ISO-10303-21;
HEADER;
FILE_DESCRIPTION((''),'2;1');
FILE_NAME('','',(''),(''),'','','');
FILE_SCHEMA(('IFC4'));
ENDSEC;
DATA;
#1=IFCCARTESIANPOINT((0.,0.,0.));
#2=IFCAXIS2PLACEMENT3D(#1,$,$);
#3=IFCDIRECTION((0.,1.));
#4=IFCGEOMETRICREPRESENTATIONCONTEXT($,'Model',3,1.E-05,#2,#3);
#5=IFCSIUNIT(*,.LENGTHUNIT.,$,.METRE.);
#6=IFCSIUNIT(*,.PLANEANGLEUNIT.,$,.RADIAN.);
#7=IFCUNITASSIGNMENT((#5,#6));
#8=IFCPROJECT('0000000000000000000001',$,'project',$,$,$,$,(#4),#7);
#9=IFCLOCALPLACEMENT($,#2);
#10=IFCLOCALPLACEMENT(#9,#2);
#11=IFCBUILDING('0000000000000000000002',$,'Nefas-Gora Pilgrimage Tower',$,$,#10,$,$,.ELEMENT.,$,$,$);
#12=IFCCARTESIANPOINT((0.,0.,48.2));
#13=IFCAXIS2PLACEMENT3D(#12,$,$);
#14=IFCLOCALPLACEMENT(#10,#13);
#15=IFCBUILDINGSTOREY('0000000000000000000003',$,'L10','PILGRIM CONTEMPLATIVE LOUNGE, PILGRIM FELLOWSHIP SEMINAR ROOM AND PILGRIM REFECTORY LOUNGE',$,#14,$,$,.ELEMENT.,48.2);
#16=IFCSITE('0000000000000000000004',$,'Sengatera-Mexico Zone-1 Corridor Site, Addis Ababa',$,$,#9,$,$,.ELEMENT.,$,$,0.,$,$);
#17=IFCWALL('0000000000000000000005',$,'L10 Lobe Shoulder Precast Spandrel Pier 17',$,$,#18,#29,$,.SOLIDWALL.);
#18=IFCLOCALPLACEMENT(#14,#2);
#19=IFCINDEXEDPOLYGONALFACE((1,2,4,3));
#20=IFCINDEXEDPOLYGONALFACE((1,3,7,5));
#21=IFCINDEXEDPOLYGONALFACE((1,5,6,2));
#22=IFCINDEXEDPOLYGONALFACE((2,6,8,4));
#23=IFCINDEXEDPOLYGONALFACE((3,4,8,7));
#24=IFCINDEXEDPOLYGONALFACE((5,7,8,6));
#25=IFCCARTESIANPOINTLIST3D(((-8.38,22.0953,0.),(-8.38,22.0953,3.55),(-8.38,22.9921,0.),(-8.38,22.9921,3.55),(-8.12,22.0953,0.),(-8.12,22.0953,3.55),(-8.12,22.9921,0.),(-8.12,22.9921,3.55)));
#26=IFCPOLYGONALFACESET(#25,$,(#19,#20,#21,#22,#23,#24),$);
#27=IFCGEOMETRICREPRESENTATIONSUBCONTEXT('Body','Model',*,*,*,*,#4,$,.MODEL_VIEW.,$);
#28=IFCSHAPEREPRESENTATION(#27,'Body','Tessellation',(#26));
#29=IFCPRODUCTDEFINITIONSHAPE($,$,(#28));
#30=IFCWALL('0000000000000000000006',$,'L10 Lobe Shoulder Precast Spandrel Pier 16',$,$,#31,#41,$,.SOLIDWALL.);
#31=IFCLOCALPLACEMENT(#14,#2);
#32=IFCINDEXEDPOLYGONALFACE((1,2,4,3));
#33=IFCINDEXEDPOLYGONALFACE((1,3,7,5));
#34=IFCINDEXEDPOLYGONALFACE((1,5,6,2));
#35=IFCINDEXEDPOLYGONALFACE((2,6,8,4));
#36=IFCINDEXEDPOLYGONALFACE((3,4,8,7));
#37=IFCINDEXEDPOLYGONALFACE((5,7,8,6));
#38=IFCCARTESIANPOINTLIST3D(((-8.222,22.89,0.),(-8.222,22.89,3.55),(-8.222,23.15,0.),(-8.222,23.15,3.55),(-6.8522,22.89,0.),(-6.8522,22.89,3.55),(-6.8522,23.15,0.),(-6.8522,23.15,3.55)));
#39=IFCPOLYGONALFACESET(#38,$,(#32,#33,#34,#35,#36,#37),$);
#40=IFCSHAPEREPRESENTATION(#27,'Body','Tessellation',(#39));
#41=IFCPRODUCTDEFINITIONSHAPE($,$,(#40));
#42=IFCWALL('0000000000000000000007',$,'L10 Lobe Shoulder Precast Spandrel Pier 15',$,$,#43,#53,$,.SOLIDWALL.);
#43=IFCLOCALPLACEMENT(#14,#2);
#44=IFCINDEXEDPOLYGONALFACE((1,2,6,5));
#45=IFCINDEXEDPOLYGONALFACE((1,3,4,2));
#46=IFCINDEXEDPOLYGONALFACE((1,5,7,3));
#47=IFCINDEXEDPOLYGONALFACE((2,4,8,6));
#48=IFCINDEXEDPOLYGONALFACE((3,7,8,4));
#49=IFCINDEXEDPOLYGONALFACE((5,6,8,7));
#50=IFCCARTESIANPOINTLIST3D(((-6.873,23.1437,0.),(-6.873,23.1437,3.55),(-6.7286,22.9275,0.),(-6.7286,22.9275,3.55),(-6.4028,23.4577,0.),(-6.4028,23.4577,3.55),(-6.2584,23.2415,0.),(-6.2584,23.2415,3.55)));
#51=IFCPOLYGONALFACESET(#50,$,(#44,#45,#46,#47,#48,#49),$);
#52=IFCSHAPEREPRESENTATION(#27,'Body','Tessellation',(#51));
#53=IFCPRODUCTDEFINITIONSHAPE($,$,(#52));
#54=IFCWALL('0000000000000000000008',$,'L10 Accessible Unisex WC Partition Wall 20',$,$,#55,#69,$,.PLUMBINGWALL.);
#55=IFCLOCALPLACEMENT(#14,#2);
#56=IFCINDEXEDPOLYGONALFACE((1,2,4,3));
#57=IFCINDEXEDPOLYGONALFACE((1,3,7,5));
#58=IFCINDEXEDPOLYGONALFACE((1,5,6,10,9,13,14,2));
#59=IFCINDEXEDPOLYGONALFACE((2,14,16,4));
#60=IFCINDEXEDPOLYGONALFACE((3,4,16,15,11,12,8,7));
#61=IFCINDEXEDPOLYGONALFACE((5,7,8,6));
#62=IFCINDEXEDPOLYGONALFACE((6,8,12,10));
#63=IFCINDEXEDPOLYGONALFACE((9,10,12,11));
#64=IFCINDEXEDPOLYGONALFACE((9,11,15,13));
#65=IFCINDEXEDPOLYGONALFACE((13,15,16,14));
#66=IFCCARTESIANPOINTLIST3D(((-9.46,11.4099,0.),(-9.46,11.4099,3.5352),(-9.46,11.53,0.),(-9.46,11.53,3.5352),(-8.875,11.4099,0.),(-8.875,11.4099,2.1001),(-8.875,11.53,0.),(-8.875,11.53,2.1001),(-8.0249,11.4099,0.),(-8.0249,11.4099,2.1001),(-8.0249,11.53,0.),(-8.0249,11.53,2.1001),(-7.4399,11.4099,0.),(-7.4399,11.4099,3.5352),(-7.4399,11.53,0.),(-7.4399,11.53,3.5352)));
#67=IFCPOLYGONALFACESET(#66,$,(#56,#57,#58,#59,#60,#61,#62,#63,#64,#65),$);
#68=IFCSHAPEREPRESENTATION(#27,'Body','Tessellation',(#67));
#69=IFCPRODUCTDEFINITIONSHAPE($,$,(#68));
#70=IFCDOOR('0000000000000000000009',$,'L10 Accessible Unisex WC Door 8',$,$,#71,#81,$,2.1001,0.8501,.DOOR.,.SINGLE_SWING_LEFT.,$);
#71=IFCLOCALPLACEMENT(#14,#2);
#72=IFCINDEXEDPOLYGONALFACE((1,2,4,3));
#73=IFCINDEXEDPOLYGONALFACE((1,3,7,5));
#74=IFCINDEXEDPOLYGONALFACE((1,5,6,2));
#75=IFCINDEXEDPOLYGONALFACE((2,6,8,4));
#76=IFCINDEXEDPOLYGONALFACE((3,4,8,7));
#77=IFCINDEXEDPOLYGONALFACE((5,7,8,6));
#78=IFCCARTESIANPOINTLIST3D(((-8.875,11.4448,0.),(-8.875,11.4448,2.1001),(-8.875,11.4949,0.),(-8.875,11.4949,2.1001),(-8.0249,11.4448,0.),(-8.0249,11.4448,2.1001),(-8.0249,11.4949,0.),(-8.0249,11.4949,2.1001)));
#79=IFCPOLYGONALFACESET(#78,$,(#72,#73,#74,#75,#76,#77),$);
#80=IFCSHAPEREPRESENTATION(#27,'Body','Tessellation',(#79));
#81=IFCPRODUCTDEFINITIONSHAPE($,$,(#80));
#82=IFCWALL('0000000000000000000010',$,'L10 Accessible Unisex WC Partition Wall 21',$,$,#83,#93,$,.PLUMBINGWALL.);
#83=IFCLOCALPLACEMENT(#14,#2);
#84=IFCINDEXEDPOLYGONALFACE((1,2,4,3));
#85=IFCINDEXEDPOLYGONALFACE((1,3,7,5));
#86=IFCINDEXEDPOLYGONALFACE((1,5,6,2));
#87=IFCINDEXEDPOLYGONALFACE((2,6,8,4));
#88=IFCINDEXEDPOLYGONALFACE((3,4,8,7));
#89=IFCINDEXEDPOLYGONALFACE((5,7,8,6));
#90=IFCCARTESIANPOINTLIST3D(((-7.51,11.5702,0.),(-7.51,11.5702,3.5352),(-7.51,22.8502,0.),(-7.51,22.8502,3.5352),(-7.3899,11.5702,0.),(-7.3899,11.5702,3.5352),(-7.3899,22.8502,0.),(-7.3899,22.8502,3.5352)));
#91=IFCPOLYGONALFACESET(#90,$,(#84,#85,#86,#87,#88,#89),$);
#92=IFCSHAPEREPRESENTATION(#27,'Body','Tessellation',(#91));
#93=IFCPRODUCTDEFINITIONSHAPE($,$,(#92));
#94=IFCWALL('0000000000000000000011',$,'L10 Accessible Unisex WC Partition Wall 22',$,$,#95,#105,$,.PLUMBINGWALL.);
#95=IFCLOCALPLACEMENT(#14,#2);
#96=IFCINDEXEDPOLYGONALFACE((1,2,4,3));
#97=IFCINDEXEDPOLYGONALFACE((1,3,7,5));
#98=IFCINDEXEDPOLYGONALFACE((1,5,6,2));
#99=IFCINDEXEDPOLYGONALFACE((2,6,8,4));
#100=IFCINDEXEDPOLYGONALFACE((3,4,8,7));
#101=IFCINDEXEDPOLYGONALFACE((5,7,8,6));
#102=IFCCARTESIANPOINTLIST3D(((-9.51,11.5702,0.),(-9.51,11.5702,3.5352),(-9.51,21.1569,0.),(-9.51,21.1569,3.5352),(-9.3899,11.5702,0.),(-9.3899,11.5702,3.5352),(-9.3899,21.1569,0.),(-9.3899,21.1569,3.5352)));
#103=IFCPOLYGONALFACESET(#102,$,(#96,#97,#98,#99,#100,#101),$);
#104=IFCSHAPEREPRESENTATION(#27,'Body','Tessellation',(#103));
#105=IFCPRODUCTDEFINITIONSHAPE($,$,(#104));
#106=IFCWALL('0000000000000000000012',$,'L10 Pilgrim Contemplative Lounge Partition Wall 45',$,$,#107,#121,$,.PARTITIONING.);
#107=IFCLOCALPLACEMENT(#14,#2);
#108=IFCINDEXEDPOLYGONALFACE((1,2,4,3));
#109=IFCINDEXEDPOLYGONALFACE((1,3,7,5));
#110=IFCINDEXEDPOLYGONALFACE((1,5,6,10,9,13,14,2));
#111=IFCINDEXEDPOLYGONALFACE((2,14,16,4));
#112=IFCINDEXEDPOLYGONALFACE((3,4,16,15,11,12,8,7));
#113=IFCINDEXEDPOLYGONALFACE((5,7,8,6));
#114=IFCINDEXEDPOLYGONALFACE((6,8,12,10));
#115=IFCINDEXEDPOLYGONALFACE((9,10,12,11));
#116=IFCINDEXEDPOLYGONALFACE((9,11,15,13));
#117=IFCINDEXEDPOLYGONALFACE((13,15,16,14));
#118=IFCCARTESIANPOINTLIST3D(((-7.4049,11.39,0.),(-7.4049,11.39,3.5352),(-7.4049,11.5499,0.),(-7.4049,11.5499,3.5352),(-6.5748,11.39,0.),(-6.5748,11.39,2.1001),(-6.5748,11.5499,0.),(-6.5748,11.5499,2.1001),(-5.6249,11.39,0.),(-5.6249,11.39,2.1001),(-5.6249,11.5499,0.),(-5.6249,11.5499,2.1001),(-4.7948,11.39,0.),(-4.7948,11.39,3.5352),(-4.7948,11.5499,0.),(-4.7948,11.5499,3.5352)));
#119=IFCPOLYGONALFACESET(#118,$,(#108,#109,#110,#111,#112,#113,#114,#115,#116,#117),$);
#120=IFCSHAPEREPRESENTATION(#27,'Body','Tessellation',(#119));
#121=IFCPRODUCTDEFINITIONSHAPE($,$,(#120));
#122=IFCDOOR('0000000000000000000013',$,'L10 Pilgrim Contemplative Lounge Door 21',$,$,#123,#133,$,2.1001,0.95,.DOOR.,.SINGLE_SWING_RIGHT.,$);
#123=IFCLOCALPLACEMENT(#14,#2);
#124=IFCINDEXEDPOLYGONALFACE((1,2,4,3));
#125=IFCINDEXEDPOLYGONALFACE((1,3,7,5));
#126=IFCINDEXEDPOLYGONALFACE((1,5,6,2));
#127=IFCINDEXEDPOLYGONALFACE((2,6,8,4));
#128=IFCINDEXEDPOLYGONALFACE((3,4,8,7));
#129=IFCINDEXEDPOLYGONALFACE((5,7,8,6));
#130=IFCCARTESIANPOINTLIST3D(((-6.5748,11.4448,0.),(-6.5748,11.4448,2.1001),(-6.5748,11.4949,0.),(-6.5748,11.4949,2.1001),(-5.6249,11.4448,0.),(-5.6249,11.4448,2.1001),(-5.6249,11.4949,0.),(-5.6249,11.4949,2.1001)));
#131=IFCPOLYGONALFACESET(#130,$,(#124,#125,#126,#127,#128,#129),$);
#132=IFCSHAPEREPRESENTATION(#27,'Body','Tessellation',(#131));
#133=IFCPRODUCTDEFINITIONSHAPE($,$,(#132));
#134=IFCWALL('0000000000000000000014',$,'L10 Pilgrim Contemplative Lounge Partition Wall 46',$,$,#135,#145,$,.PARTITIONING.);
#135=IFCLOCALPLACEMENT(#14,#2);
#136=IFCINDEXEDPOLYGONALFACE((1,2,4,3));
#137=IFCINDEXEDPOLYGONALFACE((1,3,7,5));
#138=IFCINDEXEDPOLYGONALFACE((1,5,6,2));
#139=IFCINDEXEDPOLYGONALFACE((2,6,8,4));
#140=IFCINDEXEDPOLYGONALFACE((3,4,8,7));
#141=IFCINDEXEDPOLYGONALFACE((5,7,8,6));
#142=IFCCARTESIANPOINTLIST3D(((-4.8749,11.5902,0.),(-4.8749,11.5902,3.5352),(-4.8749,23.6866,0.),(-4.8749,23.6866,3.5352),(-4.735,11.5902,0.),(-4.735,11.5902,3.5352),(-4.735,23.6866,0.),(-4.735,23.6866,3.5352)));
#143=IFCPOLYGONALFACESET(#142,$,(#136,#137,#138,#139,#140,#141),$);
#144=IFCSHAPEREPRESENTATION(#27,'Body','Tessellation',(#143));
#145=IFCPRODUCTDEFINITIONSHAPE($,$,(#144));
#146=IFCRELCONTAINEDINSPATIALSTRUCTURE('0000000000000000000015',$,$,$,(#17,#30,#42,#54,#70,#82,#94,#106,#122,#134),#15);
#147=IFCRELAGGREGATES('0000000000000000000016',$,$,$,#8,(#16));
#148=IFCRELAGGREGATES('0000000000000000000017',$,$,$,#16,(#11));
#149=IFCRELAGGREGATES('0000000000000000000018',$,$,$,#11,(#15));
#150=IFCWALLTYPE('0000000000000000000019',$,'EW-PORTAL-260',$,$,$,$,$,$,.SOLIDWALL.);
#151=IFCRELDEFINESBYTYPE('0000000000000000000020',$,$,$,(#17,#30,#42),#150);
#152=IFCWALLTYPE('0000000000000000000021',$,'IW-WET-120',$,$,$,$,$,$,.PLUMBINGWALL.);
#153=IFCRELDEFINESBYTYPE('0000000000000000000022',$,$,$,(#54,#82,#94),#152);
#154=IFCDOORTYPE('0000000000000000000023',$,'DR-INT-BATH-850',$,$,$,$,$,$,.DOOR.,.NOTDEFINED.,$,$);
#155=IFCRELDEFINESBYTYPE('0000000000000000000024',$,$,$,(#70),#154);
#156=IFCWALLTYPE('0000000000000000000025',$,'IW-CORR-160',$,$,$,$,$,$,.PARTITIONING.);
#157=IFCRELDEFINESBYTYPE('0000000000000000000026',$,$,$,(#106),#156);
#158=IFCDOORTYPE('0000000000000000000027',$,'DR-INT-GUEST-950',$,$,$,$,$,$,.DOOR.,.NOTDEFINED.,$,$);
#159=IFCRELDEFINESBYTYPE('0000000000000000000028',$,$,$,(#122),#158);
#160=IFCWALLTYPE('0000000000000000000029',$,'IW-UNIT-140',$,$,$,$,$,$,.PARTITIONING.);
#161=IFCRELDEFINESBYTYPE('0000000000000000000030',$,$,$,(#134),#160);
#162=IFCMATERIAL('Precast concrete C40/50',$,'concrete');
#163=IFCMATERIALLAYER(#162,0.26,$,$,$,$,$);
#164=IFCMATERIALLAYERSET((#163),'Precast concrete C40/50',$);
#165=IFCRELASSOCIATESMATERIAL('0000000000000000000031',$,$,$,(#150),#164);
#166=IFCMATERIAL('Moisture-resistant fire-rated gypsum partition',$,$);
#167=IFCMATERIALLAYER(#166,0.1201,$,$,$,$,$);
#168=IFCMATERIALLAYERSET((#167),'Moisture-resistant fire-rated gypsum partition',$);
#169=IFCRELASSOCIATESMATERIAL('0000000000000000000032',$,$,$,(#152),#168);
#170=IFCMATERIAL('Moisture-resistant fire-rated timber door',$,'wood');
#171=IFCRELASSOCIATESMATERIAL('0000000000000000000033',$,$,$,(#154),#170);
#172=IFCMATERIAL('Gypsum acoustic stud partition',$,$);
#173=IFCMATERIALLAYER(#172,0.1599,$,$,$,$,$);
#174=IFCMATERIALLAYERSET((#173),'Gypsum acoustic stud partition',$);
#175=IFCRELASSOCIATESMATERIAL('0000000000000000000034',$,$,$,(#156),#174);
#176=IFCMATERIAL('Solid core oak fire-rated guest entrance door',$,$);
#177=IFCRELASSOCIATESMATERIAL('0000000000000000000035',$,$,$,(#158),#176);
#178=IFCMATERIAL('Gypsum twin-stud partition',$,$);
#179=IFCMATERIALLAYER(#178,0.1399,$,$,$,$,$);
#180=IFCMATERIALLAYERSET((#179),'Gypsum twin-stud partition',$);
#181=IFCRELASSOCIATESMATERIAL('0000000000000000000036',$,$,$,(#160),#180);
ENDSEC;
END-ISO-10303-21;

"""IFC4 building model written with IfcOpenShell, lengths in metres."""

from ifc_helpers import new_model, si_unit, direction, frame, frame_2d, origin, place, context, subcontext, project, spatial, rectangle, extrude, source, transform, mapped, material, layer, layer_set, type_object, element, fill, save


model = new_model("IFC4")

# Units and contexts
model_context = context("Model", 3, precision=1e-05, world=origin(), true_north=direction((0.0, 1.0)))
body_context = subcontext(model_context, "Body", "Model", "MODEL_VIEW")
ifc_project = project(units=[si_unit("LENGTHUNIT", "METRE"), si_unit("PLANEANGLEUNIT", "RADIAN")], contexts=[model_context])

# Site, building, storey
site_placement = place(None, origin())
site = spatial("IfcSite", under=ifc_project, at=site_placement, Name="Sengatera-Mexico Zone-1 Corridor Site, Addis Ababa", CompositionType="ELEMENT", RefElevation=0.0)
building_placement = place(site_placement, origin())
building = spatial("IfcBuilding", under=site, at=building_placement, Name="Nefas-Gora Pilgrimage Tower", CompositionType="ELEMENT")
storey_placement = place(building_placement, frame((0.0, 0.0, 48.2)))
storey = spatial("IfcBuildingStorey", under=building, at=storey_placement, Name="L10", Description="PILGRIM CONTEMPLATIVE LOUNGE, PILGRIM FELLOWSHIP SEMINAR ROOM AND PILGRIM REFECTORY LOUNGE", CompositionType="ELEMENT", Elevation=48.2)

# Walls
ifc_material_1 = material(Name="Precast concrete C40/50", Category="concrete")
ifc_layer_1 = layer(ifc_material_1, 0.26)
ifc_layer_set_1 = layer_set([ifc_layer_1], Name="Precast concrete C40/50")
wall_type_1 = type_object("IfcWallType", Name="EW-PORTAL-260", PredefinedType="SOLIDWALL", material=ifc_layer_set_1)
shared_shape_1 = source(origin(), body_context, "Body", "SweptSolid", [
    extrude(rectangle(XDim=0.8967, YDim=0.26, at=frame_2d((0.4482, 0.0))), origin(), (0.0, 0.0, 1.0), 3.55),
])
wall_1_placement = place(storey_placement, frame((-8.25, 22.9919, 0.0), z_axis=(0.0, 0.0, 1.0), x_axis=(0.0, -1.0, 0.0)))
element("IfcWall", 1, at=wall_1_placement, inside=storey, type_object=wall_type_1, Name="L10 Lobe Shoulder Precast Spandrel Pier 17", PredefinedType="SOLIDWALL", context=body_context, shape_type="MappedRepresentation", body=[
    mapped(shared_shape_1, transform((0.0, 0.0, 0.0), x_axis=(1.0, 0.0, 0.0), y_axis=(0.0, 1.0, 0.0), z_axis=(0.0, 0.0, 1.0), scale=1.0)),
])
shared_shape_2 = source(origin(), body_context, "Body", "SweptSolid", [
    extrude(rectangle(XDim=1.3699, YDim=0.26, at=frame_2d((0.6851, 0.0))), origin(), (0.0, 0.0, 1.0), 3.55),
])
wall_2_placement = place(storey_placement, frame((-6.8521, 23.02, 0.0), z_axis=(0.0, 0.0, 1.0), x_axis=(-1.0, 0.0, 0.0)))
element("IfcWall", 2, at=wall_2_placement, inside=storey, type_object=wall_type_1, Name="L10 Lobe Shoulder Precast Spandrel Pier 16", PredefinedType="SOLIDWALL", context=body_context, shape_type="MappedRepresentation", body=[
    mapped(shared_shape_2, transform((0.0, 0.0, 0.0), x_axis=(1.0, 0.0, 0.0), y_axis=(0.0, 1.0, 0.0), z_axis=(0.0, 0.0, 1.0), scale=1.0)),
])
shared_shape_3 = source(origin(), body_context, "Body", "SweptSolid", [
    extrude(rectangle(XDim=0.5654, YDim=0.26, at=frame_2d((0.2827, 0.0))), origin(), (0.0, 0.0, 1.0), 3.55),
])
wall_3_placement = place(storey_placement, frame((-6.3306, 23.3496, 0.0), z_axis=(0.0, 0.0, 1.0), x_axis=(-0.831651, -0.555298, 0.0)))
element("IfcWall", 3, at=wall_3_placement, inside=storey, type_object=wall_type_1, Name="L10 Lobe Shoulder Precast Spandrel Pier 15", PredefinedType="SOLIDWALL", context=body_context, shape_type="MappedRepresentation", body=[
    mapped(shared_shape_3, transform((0.0, 0.0, 0.0), x_axis=(1.0, 0.0, 0.0), y_axis=(0.0, 1.0, 0.0), z_axis=(0.0, 0.0, 1.0), scale=1.0)),
])

# Wall, opening, door
ifc_material_2 = material(Name="Moisture-resistant fire-rated gypsum partition")
ifc_layer_2 = layer(ifc_material_2, 0.1201)
ifc_layer_set_2 = layer_set([ifc_layer_2], Name="Moisture-resistant fire-rated gypsum partition")
wall_type_2 = type_object("IfcWallType", Name="IW-WET-120", PredefinedType="PLUMBINGWALL", material=ifc_layer_set_2)
shared_shape_4 = source(origin(), body_context, "Body", "SweptSolid", [
    extrude(rectangle(XDim=2.02, YDim=0.1201, at=frame_2d((1.01, 0.0))), origin(), (0.0, 0.0, 1.0), 3.5352),
])
wall_4_placement = place(storey_placement, frame((-9.46, 11.47, 0.0), z_axis=(0.0, 0.0, 1.0), x_axis=(1.0, 0.0, 0.0)))
wall_4 = element("IfcWall", 4, at=wall_4_placement, inside=storey, type_object=wall_type_2, Name="L10 Accessible Unisex WC Partition Wall 20", PredefinedType="PLUMBINGWALL", context=body_context, shape_type="MappedRepresentation", body=[
    mapped(shared_shape_4, transform((0.0, 0.0, 0.0), x_axis=(1.0, 0.0, 0.0), y_axis=(0.0, 1.0, 0.0), z_axis=(0.0, 0.0, 1.0), scale=1.0)),
])
opening_1_placement = place(wall_4_placement, frame((0.585, 0.0, 0.0)))
opening_1 = element("IfcOpeningElement", 5, at=opening_1_placement, cuts=wall_4, PredefinedType="OPENING", context=body_context, shape_type="SweptSolid", body=[
    extrude(rectangle(XDim=0.8501, YDim=2.1001, at=frame_2d((0.425, 1.05))), frame((0.0, 0.0701, 0.0), z_axis=(0.0, -1.0, 0.0), x_axis=(1.0, 0.0, 0.0)), (0.0, 0.0, 1.0), 0.1401),
])
ifc_material_3 = material(Name="Moisture-resistant fire-rated timber door", Category="wood")
door_type_1 = type_object("IfcDoorType", Name="DR-INT-BATH-850", OperationType="NOTDEFINED", PredefinedType="DOOR", material=ifc_material_3)
shared_shape_5 = source(origin(), body_context, "Body", "SweptSolid", [
    extrude(rectangle(XDim=0.8501, YDim=2.1001, at=frame_2d((0.425, 1.05))), frame((0.0, 0.0249, 0.0), z_axis=(0.0, -1.0, 0.0), x_axis=(1.0, 0.0, 0.0)), (0.0, 0.0, 1.0), 0.05),
])
door_1_placement = place(opening_1_placement, origin())
door_1 = element("IfcDoor", 6, at=door_1_placement, inside=storey, type_object=door_type_1, Name="L10 Accessible Unisex WC Door 8", OperationType="SINGLE_SWING_LEFT", OverallHeight=2.1001, OverallWidth=0.8501, PredefinedType="DOOR", context=body_context, shape_type="MappedRepresentation", body=[
    mapped(shared_shape_5, transform((0.0, 0.0, 0.0), x_axis=(1.0, 0.0, 0.0), y_axis=(0.0, 1.0, 0.0), z_axis=(0.0, 0.0, 1.0), scale=1.0)),
])
fill(opening_1, door_1)

# Walls
shared_shape_6 = source(origin(), body_context, "Body", "SweptSolid", [
    extrude(rectangle(XDim=11.28, YDim=0.1201, at=frame_2d((5.6401, 0.0))), origin(), (0.0, 0.0, 1.0), 3.5352),
])
wall_5_placement = place(storey_placement, frame((-7.45, 11.5701, 0.0), z_axis=(0.0, 0.0, 1.0), x_axis=(0.0, 1.0, 0.0)))
element("IfcWall", 7, at=wall_5_placement, inside=storey, type_object=wall_type_2, Name="L10 Accessible Unisex WC Partition Wall 21", PredefinedType="PLUMBINGWALL", context=body_context, shape_type="MappedRepresentation", body=[
    mapped(shared_shape_6, transform((0.0, 0.0, 0.0), x_axis=(1.0, 0.0, 0.0), y_axis=(0.0, 1.0, 0.0), z_axis=(0.0, 0.0, 1.0), scale=1.0)),
])
shared_shape_7 = source(origin(), body_context, "Body", "SweptSolid", [
    extrude(rectangle(XDim=9.5867, YDim=0.1201, at=frame_2d((4.7935, 0.0))), origin(), (0.0, 0.0, 1.0), 3.5352),
])
wall_6_placement = place(storey_placement, frame((-9.45, 11.5701, 0.0), z_axis=(0.0, 0.0, 1.0), x_axis=(0.0, 1.0, 0.0)))
element("IfcWall", 8, at=wall_6_placement, inside=storey, type_object=wall_type_2, Name="L10 Accessible Unisex WC Partition Wall 22", PredefinedType="PLUMBINGWALL", context=body_context, shape_type="MappedRepresentation", body=[
    mapped(shared_shape_7, transform((0.0, 0.0, 0.0), x_axis=(1.0, 0.0, 0.0), y_axis=(0.0, 1.0, 0.0), z_axis=(0.0, 0.0, 1.0), scale=1.0)),
])

# Wall, opening, door
ifc_material_4 = material(Name="Gypsum acoustic stud partition")
ifc_layer_3 = layer(ifc_material_4, 0.1599)
ifc_layer_set_3 = layer_set([ifc_layer_3], Name="Gypsum acoustic stud partition")
wall_type_3 = type_object("IfcWallType", Name="IW-CORR-160", PredefinedType="PARTITIONING", material=ifc_layer_set_3)
shared_shape_8 = source(origin(), body_context, "Body", "SweptSolid", [
    extrude(rectangle(XDim=2.6101, YDim=0.1599, at=frame_2d((1.3052, 0.0))), origin(), (0.0, 0.0, 1.0), 3.5352),
])
wall_7_placement = place(storey_placement, frame((-7.405, 11.47, 0.0), z_axis=(0.0, 0.0, 1.0), x_axis=(1.0, 0.0, 0.0)))
wall_7 = element("IfcWall", 9, at=wall_7_placement, inside=storey, type_object=wall_type_3, Name="L10 Pilgrim Contemplative Lounge Partition Wall 45", PredefinedType="PARTITIONING", context=body_context, shape_type="MappedRepresentation", body=[
    mapped(shared_shape_8, transform((0.0, 0.0, 0.0), x_axis=(1.0, 0.0, 0.0), y_axis=(0.0, 1.0, 0.0), z_axis=(0.0, 0.0, 1.0), scale=1.0)),
])
opening_2_placement = place(wall_7_placement, frame((0.8301, 0.0, 0.0)))
opening_2 = element("IfcOpeningElement", 10, at=opening_2_placement, cuts=wall_7, PredefinedType="OPENING", context=body_context, shape_type="SweptSolid", body=[
    extrude(rectangle(XDim=0.95, YDim=2.1001, at=frame_2d((0.4751, 1.05))), frame((0.0, 0.0898, 0.0), z_axis=(0.0, -1.0, 0.0), x_axis=(1.0, 0.0, 0.0)), (0.0, 0.0, 1.0), 0.1799),
])
ifc_material_5 = material(Name="Solid core oak fire-rated guest entrance door")
door_type_2 = type_object("IfcDoorType", Name="DR-INT-GUEST-950", OperationType="NOTDEFINED", PredefinedType="DOOR", material=ifc_material_5)
shared_shape_9 = source(origin(), body_context, "Body", "SweptSolid", [
    extrude(rectangle(XDim=0.95, YDim=2.1001, at=frame_2d((0.4751, 1.05))), frame((0.0, 0.0249, 0.0), z_axis=(0.0, -1.0, 0.0), x_axis=(1.0, 0.0, 0.0)), (0.0, 0.0, 1.0), 0.05),
])
door_2_placement = place(opening_2_placement, origin())
door_2 = element("IfcDoor", 11, at=door_2_placement, inside=storey, type_object=door_type_2, Name="L10 Pilgrim Contemplative Lounge Door 21", OperationType="SINGLE_SWING_RIGHT", OverallHeight=2.1001, OverallWidth=0.95, PredefinedType="DOOR", context=body_context, shape_type="MappedRepresentation", body=[
    mapped(shared_shape_9, transform((0.0, 0.0, 0.0), x_axis=(1.0, 0.0, 0.0), y_axis=(0.0, 1.0, 0.0), z_axis=(0.0, 0.0, 1.0), scale=1.0)),
])
fill(opening_2, door_2)

# Wall
ifc_material_6 = material(Name="Gypsum twin-stud partition")
ifc_layer_4 = layer(ifc_material_6, 0.1399)
ifc_layer_set_4 = layer_set([ifc_layer_4], Name="Gypsum twin-stud partition")
wall_type_4 = type_object("IfcWallType", Name="IW-UNIT-140", PredefinedType="PARTITIONING", material=ifc_layer_set_4)
shared_shape_10 = source(origin(), body_context, "Body", "SweptSolid", [
    extrude(rectangle(XDim=12.0964, YDim=0.1399, at=frame_2d((6.0483, 0.0))), origin(), (0.0, 0.0, 1.0), 3.5352),
])
wall_8_placement = place(storey_placement, frame((-4.8049, 11.5901, 0.0), z_axis=(0.0, 0.0, 1.0), x_axis=(0.0, 1.0, 0.0)))
element("IfcWall", 12, at=wall_8_placement, inside=storey, type_object=wall_type_4, Name="L10 Pilgrim Contemplative Lounge Partition Wall 46", PredefinedType="PARTITIONING", context=body_context, shape_type="MappedRepresentation", body=[
    mapped(shared_shape_10, transform((0.0, 0.0, 0.0), x_axis=(1.0, 0.0, 0.0), y_axis=(0.0, 1.0, 0.0), z_axis=(0.0, 0.0, 1.0), scale=1.0)),
])

save(model, "model.ifc")
